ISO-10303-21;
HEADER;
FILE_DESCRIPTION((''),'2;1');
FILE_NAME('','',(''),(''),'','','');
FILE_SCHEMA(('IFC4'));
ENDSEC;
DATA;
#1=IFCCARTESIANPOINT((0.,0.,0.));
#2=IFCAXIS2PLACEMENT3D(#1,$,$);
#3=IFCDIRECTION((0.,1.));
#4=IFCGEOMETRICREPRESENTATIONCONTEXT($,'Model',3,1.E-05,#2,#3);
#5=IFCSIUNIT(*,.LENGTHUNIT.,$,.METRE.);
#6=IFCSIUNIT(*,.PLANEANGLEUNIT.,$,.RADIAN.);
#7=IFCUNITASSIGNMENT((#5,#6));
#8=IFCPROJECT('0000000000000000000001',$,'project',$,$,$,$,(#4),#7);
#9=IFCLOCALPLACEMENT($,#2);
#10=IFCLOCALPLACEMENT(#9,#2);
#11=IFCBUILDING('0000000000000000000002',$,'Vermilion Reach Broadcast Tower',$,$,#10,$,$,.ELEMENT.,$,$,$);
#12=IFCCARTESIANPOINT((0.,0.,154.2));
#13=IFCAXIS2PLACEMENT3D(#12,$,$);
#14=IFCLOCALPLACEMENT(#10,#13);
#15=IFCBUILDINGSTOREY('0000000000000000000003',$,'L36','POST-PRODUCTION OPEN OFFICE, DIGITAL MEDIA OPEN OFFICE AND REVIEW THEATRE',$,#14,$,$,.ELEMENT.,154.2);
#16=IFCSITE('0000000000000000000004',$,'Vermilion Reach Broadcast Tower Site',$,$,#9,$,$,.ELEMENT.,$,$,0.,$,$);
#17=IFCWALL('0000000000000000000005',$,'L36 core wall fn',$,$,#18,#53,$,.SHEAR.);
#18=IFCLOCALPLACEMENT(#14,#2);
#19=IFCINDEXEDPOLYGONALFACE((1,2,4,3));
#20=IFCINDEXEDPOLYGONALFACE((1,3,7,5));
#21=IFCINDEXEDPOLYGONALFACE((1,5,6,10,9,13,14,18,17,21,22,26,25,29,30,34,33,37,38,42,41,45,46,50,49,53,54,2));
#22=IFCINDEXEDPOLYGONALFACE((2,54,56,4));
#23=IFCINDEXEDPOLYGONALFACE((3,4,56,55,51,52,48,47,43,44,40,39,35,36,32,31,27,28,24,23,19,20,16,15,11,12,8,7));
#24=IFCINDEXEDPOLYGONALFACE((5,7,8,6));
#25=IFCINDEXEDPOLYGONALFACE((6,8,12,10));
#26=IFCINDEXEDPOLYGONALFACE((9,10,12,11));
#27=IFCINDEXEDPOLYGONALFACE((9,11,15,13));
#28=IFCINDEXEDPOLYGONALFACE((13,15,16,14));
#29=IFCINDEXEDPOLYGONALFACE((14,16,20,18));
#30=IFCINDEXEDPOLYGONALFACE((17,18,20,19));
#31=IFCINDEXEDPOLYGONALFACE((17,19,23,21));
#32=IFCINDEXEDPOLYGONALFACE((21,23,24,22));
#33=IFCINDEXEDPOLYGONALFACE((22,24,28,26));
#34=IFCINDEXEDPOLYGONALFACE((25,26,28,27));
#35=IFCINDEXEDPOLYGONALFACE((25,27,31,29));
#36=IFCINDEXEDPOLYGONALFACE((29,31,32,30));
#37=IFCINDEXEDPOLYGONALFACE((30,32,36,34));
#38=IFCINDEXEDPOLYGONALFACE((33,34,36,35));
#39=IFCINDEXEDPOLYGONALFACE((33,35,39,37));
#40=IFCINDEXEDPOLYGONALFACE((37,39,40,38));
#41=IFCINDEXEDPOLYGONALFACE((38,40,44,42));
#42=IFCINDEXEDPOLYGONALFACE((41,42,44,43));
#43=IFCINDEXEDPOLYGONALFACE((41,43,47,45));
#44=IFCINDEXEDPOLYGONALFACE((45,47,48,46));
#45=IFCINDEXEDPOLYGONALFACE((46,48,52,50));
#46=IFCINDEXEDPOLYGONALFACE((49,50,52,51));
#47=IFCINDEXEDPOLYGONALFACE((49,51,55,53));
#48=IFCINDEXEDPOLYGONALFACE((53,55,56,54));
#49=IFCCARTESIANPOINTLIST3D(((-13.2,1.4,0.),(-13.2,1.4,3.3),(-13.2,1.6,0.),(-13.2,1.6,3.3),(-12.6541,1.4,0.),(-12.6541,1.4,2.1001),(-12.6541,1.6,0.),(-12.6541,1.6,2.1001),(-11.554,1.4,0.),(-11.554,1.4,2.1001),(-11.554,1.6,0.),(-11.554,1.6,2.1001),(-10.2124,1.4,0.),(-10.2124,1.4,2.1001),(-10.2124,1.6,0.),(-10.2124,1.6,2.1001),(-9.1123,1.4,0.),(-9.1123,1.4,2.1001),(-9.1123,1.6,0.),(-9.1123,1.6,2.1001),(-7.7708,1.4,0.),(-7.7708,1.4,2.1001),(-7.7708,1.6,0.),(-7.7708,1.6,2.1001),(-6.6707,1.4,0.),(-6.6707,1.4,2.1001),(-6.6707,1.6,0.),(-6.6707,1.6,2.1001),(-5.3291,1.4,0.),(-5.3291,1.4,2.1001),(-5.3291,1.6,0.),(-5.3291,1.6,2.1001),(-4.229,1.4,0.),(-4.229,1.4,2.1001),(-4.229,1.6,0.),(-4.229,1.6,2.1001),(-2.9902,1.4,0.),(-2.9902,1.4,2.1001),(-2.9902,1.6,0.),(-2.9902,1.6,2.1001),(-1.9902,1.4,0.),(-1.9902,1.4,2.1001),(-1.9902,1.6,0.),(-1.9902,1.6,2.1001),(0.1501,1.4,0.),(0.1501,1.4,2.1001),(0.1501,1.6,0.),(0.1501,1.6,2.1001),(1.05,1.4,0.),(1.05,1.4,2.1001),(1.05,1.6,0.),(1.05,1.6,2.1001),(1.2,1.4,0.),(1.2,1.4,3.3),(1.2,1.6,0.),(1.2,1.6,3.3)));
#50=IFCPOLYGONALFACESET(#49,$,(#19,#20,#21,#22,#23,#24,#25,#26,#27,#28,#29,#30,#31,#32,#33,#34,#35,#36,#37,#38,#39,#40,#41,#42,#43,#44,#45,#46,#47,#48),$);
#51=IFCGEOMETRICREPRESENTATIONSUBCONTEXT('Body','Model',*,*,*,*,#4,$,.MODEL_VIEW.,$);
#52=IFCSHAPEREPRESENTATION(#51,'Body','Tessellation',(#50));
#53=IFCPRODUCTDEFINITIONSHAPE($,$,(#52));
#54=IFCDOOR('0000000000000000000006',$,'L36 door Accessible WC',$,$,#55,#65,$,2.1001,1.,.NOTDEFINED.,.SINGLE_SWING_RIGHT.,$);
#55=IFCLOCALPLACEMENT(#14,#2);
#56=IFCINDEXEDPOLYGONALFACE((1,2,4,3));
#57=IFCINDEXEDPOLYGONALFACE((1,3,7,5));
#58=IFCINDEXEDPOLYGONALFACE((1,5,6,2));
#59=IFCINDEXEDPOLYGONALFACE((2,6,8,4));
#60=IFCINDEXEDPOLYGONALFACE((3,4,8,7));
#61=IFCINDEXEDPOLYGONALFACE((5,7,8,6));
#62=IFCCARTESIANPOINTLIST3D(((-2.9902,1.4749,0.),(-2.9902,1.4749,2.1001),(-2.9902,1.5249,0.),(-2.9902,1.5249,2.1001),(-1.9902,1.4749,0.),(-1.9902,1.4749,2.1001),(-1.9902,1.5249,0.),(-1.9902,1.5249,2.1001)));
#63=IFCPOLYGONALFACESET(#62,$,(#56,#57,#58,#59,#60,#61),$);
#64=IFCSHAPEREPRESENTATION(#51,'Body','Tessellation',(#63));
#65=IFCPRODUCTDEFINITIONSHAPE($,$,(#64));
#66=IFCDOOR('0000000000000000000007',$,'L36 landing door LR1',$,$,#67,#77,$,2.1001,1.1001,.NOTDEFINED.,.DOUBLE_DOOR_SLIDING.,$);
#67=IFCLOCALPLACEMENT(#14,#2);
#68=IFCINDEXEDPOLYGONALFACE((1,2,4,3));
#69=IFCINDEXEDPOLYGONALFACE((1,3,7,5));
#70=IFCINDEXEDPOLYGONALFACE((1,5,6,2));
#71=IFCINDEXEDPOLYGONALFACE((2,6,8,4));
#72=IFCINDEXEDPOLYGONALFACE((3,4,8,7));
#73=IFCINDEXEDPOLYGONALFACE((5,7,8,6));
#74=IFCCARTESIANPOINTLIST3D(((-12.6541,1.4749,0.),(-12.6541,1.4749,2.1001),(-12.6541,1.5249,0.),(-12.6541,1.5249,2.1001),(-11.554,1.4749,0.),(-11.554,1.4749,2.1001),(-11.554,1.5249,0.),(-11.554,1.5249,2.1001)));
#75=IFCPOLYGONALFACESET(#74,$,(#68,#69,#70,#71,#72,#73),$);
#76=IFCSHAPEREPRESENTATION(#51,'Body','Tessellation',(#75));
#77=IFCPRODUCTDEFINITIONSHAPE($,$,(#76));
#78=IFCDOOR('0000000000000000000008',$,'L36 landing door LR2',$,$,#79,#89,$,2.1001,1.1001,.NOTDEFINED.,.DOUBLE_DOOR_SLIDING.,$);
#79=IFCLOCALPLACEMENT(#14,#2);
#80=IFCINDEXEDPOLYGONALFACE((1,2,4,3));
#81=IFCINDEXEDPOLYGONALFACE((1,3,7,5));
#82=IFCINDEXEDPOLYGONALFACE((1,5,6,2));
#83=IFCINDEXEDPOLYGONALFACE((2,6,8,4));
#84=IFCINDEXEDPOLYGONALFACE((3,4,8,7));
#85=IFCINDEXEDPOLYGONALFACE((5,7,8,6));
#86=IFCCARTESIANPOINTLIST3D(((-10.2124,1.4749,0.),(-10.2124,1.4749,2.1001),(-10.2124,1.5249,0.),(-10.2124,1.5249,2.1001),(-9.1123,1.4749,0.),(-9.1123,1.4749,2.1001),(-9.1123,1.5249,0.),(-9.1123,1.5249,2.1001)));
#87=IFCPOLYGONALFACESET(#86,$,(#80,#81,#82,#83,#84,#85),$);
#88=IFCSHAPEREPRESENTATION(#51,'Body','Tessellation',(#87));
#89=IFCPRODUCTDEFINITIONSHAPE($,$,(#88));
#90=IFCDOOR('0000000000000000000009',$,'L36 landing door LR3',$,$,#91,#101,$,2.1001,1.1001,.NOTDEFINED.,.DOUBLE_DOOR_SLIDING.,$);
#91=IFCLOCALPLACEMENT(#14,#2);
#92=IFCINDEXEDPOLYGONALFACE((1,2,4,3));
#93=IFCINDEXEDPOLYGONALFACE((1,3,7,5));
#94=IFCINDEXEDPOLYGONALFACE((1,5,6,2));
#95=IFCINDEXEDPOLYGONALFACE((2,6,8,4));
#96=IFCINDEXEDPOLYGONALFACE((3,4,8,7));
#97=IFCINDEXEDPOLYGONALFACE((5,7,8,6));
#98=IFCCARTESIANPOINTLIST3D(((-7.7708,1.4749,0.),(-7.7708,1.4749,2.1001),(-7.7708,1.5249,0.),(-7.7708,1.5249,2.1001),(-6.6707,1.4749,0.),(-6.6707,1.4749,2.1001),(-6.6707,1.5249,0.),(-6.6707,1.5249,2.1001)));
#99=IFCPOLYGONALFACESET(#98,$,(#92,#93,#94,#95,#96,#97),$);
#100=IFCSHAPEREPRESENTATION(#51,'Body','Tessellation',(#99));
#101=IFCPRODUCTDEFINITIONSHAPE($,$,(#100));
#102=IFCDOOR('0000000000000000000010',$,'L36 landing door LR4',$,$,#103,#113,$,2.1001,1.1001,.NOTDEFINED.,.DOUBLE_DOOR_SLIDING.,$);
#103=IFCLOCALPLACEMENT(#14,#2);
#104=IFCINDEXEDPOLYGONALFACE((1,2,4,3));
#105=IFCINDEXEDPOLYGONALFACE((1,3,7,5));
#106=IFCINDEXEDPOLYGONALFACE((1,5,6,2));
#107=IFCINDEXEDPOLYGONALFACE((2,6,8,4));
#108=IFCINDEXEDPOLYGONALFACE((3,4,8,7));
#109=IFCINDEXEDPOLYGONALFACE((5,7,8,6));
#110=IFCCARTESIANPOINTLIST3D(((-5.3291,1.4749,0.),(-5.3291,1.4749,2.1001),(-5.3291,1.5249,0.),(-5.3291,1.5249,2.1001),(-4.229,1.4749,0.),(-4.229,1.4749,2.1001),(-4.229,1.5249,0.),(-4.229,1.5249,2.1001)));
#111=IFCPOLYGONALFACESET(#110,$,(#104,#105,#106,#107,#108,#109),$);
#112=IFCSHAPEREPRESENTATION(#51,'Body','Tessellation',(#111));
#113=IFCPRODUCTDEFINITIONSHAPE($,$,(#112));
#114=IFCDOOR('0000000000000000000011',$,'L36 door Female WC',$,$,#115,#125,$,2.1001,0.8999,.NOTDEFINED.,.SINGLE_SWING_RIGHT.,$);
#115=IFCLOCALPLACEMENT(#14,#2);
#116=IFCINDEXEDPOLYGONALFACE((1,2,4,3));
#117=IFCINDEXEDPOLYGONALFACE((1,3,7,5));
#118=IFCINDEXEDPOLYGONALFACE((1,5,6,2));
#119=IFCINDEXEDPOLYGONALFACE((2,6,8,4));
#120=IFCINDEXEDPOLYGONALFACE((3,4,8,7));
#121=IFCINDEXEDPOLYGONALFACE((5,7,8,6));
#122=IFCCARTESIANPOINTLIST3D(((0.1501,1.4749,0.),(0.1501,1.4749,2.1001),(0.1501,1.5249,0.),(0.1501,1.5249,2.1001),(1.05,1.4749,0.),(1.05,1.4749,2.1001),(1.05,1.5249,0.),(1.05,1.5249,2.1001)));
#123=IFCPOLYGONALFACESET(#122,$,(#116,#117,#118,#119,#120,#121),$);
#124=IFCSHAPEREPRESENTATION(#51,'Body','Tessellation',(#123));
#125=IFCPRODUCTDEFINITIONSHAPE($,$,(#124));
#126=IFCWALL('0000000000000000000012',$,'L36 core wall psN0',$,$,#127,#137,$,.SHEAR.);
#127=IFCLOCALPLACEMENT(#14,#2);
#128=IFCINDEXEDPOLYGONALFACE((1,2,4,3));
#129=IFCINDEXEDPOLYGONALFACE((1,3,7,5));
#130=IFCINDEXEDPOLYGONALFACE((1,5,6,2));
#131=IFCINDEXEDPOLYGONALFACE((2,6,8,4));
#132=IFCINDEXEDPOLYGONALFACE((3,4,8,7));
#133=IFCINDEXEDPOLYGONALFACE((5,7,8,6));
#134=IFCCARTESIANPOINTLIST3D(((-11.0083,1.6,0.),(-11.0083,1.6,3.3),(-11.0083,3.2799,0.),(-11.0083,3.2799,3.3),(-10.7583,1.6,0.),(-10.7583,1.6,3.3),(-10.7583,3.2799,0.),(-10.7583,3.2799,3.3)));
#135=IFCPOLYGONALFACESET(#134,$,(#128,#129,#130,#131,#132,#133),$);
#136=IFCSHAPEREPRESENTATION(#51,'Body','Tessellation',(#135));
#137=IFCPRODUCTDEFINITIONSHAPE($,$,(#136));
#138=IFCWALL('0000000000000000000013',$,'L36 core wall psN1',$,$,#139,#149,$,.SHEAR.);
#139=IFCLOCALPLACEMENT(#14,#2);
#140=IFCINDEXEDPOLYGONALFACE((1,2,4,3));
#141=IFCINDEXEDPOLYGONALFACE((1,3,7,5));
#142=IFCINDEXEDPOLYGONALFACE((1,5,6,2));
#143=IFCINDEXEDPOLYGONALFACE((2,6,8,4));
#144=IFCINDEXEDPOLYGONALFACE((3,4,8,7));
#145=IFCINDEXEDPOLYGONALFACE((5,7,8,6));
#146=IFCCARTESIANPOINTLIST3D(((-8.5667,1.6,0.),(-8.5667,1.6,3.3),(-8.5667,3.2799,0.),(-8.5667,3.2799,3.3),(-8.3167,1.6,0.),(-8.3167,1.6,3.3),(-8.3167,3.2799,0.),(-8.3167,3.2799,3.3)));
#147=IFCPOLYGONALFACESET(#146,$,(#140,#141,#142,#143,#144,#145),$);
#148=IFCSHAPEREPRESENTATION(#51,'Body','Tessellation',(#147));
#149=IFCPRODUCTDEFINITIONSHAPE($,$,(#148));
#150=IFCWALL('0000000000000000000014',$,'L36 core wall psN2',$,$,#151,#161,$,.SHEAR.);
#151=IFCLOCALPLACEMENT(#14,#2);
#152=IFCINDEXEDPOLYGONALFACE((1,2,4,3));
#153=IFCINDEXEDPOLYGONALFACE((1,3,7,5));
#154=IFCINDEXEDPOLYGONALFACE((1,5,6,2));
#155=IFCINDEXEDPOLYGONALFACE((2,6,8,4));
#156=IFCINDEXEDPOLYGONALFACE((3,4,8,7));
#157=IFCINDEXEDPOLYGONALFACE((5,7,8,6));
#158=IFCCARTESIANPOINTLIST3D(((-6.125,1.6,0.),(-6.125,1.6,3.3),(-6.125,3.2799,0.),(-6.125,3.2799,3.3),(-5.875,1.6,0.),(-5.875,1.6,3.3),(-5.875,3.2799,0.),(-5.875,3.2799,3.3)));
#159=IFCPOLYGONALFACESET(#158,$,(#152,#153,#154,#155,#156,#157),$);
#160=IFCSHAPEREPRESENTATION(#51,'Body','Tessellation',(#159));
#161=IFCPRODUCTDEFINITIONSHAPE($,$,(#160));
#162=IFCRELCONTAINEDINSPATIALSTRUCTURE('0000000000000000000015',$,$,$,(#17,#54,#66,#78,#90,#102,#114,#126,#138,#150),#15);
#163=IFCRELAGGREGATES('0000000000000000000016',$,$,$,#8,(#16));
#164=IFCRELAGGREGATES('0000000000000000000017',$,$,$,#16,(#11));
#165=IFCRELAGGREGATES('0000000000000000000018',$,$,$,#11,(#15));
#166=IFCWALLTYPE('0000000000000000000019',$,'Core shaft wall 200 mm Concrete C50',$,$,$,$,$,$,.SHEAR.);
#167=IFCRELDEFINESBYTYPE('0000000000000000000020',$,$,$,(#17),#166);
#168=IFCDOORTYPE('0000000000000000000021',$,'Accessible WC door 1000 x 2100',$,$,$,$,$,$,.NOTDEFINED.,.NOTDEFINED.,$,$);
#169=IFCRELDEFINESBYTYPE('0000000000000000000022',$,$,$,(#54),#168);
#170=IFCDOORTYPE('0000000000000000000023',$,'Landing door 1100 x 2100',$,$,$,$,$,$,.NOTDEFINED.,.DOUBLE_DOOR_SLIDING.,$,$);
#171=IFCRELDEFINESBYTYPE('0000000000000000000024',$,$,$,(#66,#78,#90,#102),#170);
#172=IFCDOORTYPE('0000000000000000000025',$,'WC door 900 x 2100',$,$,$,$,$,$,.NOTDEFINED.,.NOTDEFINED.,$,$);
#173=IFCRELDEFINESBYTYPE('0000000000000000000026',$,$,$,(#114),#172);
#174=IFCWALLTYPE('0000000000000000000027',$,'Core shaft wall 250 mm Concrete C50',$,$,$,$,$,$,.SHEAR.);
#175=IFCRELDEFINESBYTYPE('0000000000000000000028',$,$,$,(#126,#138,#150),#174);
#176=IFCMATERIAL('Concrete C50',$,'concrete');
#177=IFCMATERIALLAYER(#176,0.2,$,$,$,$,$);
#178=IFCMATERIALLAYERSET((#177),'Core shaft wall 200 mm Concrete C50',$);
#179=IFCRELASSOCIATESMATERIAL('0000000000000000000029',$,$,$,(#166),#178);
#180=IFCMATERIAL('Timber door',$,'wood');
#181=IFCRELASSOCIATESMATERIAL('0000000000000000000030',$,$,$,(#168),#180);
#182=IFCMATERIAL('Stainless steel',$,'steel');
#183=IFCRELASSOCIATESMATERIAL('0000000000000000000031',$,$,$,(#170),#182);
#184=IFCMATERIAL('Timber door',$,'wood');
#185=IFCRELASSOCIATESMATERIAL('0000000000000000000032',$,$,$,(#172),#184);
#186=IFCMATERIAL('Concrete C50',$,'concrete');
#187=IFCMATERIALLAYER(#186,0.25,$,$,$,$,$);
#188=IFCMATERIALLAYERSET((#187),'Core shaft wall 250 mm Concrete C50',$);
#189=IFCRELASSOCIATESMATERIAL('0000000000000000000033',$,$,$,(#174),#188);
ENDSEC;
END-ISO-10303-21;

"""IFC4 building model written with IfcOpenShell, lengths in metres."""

from ifc_helpers import new_model, si_unit, direction, frame, frame_2d, origin, place, context, subcontext, project, spatial, rectangle, extrude, material, layer, layer_set, type_object, element, fill, save


model = new_model("IFC4")

# Units and contexts
model_context = context("Model", 3, precision=1e-05, world=origin(), true_north=direction((0.0, 1.0)))
body_context = subcontext(model_context, "Body", "Model", "MODEL_VIEW")
ifc_project = project(units=[si_unit("LENGTHUNIT", "METRE"), si_unit("PLANEANGLEUNIT", "RADIAN")], contexts=[model_context])

# Site, building, storey
site_placement = place(None, origin())
site = spatial("IfcSite", under=ifc_project, at=site_placement, Name="Vermilion Reach Broadcast Tower Site", CompositionType="ELEMENT", RefElevation=0.0)
building_placement = place(site_placement, origin())
building = spatial("IfcBuilding", under=site, at=building_placement, Name="Vermilion Reach Broadcast Tower", CompositionType="ELEMENT")
storey_placement = place(building_placement, frame((0.0, 0.0, 154.2)))
storey = spatial("IfcBuildingStorey", under=building, at=storey_placement, Name="L36", Description="POST-PRODUCTION OPEN OFFICE, DIGITAL MEDIA OPEN OFFICE AND REVIEW THEATRE", CompositionType="ELEMENT", Elevation=154.2)

# Wall, openings, doors
ifc_material_1 = material(Name="Concrete C50", Category="concrete")
ifc_layer_1 = layer(ifc_material_1, 0.2)
ifc_layer_set_1 = layer_set([ifc_layer_1], Name="Core shaft wall 200 mm Concrete C50")
wall_type_1 = type_object("IfcWallType", Name="Core shaft wall 200 mm Concrete C50", PredefinedType="SHEAR", material=ifc_layer_set_1)
wall_1_placement = place(storey_placement, frame((-13.2, 1.5, 0.0), z_axis=(0.0, 0.0, 1.0), x_axis=(1.0, 0.0, 0.0)))
wall_1 = element("IfcWall", 1, at=wall_1_placement, inside=storey, type_object=wall_type_1, Name="L36 core wall fn", PredefinedType="SHEAR", context=body_context, shape_type="SweptSolid", body=[
    extrude(rectangle(XDim=14.3999, YDim=0.2, at=frame_2d((7.2, 0.0))), origin(), (0.0, 0.0, 1.0), 3.3),
])
opening_1_placement = place(wall_1_placement, frame((0.5459, 0.0, 0.0)))
opening_1 = element("IfcOpeningElement", 2, at=opening_1_placement, cuts=wall_1, PredefinedType="OPENING", context=body_context, shape_type="SweptSolid", body=[
    extrude(rectangle(XDim=1.1001, YDim=2.1001, at=frame_2d((0.55, 1.05))), frame((0.0, 0.1099, 0.0), z_axis=(0.0, -1.0, 0.0), x_axis=(1.0, 0.0, 0.0)), (0.0, 0.0, 1.0), 0.22),
])
opening_2_placement = place(wall_1_placement, frame((2.9875, 0.0, 0.0)))
opening_2 = element("IfcOpeningElement", 3, at=opening_2_placement, cuts=wall_1, PredefinedType="OPENING", context=body_context, shape_type="SweptSolid", body=[
    extrude(rectangle(XDim=1.1001, YDim=2.1001, at=frame_2d((0.55, 1.05))), frame((0.0, 0.1099, 0.0), z_axis=(0.0, -1.0, 0.0), x_axis=(1.0, 0.0, 0.0)), (0.0, 0.0, 1.0), 0.22),
])
opening_3_placement = place(wall_1_placement, frame((5.4292, 0.0, 0.0)))
opening_3 = element("IfcOpeningElement", 4, at=opening_3_placement, cuts=wall_1, PredefinedType="OPENING", context=body_context, shape_type="SweptSolid", body=[
    extrude(rectangle(XDim=1.1001, YDim=2.1001, at=frame_2d((0.55, 1.05))), frame((0.0, 0.1099, 0.0), z_axis=(0.0, -1.0, 0.0), x_axis=(1.0, 0.0, 0.0)), (0.0, 0.0, 1.0), 0.22),
])
opening_4_placement = place(wall_1_placement, frame((7.8708, 0.0, 0.0)))
opening_4 = element("IfcOpeningElement", 5, at=opening_4_placement, cuts=wall_1, PredefinedType="OPENING", context=body_context, shape_type="SweptSolid", body=[
    extrude(rectangle(XDim=1.1001, YDim=2.1001, at=frame_2d((0.55, 1.05))), frame((0.0, 0.1099, 0.0), z_axis=(0.0, -1.0, 0.0), x_axis=(1.0, 0.0, 0.0)), (0.0, 0.0, 1.0), 0.22),
])
opening_5_placement = place(wall_1_placement, frame((10.2097, 0.0, 0.0)))
opening_5 = element("IfcOpeningElement", 6, at=opening_5_placement, cuts=wall_1, PredefinedType="OPENING", context=body_context, shape_type="SweptSolid", body=[
    extrude(rectangle(XDim=1.0, YDim=2.1001, at=frame_2d((0.5, 1.05))), frame((0.0, 0.1099, 0.0), z_axis=(0.0, -1.0, 0.0), x_axis=(1.0, 0.0, 0.0)), (0.0, 0.0, 1.0), 0.22),
])
opening_6_placement = place(wall_1_placement, frame((13.3501, 0.0, 0.0)))
opening_6 = element("IfcOpeningElement", 7, at=opening_6_placement, cuts=wall_1, PredefinedType="OPENING", context=body_context, shape_type="SweptSolid", body=[
    extrude(rectangle(XDim=0.8999, YDim=2.1001, at=frame_2d((0.45, 1.05))), frame((0.0, 0.1099, 0.0), z_axis=(0.0, -1.0, 0.0), x_axis=(1.0, 0.0, 0.0)), (0.0, 0.0, 1.0), 0.22),
])
ifc_material_2 = material(Name="Timber door", Category="wood")
door_type_1 = type_object("IfcDoorType", Name="Accessible WC door 1000 x 2100", OperationType="NOTDEFINED", PredefinedType="NOTDEFINED", material=ifc_material_2)
door_1_placement = place(opening_5_placement, origin())
door_1 = element("IfcDoor", 8, at=door_1_placement, inside=storey, type_object=door_type_1, Name="L36 door Accessible WC", OperationType="SINGLE_SWING_RIGHT", OverallHeight=2.1001, OverallWidth=1.0, PredefinedType="NOTDEFINED", context=body_context, shape_type="SweptSolid", body=[
    extrude(rectangle(XDim=1.0, YDim=2.1001, at=frame_2d((0.5, 1.05))), frame((0.0, 0.0249, 0.0), z_axis=(0.0, -1.0, 0.0), x_axis=(1.0, 0.0, 0.0)), (0.0, 0.0, 1.0), 0.05),
])
fill(opening_5, door_1)
ifc_material_3 = material(Name="Stainless steel", Category="steel")
door_type_2 = type_object("IfcDoorType", Name="Landing door 1100 x 2100", OperationType="DOUBLE_DOOR_SLIDING", PredefinedType="NOTDEFINED", material=ifc_material_3)
door_2_placement = place(opening_1_placement, origin())
door_2 = element("IfcDoor", 9, at=door_2_placement, inside=storey, type_object=door_type_2, Name="L36 landing door LR1", OperationType="DOUBLE_DOOR_SLIDING", OverallHeight=2.1001, OverallWidth=1.1001, PredefinedType="NOTDEFINED", context=body_context, shape_type="SweptSolid", body=[
    extrude(rectangle(XDim=1.1001, YDim=2.1001, at=frame_2d((0.55, 1.05))), frame((0.0, 0.0249, 0.0), z_axis=(0.0, -1.0, 0.0), x_axis=(1.0, 0.0, 0.0)), (0.0, 0.0, 1.0), 0.05),
])
fill(opening_1, door_2)
door_3_placement = place(opening_2_placement, origin())
door_3 = element("IfcDoor", 10, at=door_3_placement, inside=storey, type_object=door_type_2, Name="L36 landing door LR2", OperationType="DOUBLE_DOOR_SLIDING", OverallHeight=2.1001, OverallWidth=1.1001, PredefinedType="NOTDEFINED", context=body_context, shape_type="SweptSolid", body=[
    extrude(rectangle(XDim=1.1001, YDim=2.1001, at=frame_2d((0.55, 1.05))), frame((0.0, 0.0249, 0.0), z_axis=(0.0, -1.0, 0.0), x_axis=(1.0, 0.0, 0.0)), (0.0, 0.0, 1.0), 0.05),
])
fill(opening_2, door_3)
door_4_placement = place(opening_3_placement, origin())
door_4 = element("IfcDoor", 11, at=door_4_placement, inside=storey, type_object=door_type_2, Name="L36 landing door LR3", OperationType="DOUBLE_DOOR_SLIDING", OverallHeight=2.1001, OverallWidth=1.1001, PredefinedType="NOTDEFINED", context=body_context, shape_type="SweptSolid", body=[
    extrude(rectangle(XDim=1.1001, YDim=2.1001, at=frame_2d((0.55, 1.05))), frame((0.0, 0.0249, 0.0), z_axis=(0.0, -1.0, 0.0), x_axis=(1.0, 0.0, 0.0)), (0.0, 0.0, 1.0), 0.05),
])
fill(opening_3, door_4)
door_5_placement = place(opening_4_placement, origin())
door_5 = element("IfcDoor", 12, at=door_5_placement, inside=storey, type_object=door_type_2, Name="L36 landing door LR4", OperationType="DOUBLE_DOOR_SLIDING", OverallHeight=2.1001, OverallWidth=1.1001, PredefinedType="NOTDEFINED", context=body_context, shape_type="SweptSolid", body=[
    extrude(rectangle(XDim=1.1001, YDim=2.1001, at=frame_2d((0.55, 1.05))), frame((0.0, 0.0249, 0.0), z_axis=(0.0, -1.0, 0.0), x_axis=(1.0, 0.0, 0.0)), (0.0, 0.0, 1.0), 0.05),
])
fill(opening_4, door_5)
ifc_material_4 = material(Name="Timber door", Category="wood")
door_type_3 = type_object("IfcDoorType", Name="WC door 900 x 2100", OperationType="NOTDEFINED", PredefinedType="NOTDEFINED", material=ifc_material_4)
door_6_placement = place(opening_6_placement, origin())
door_6 = element("IfcDoor", 13, at=door_6_placement, inside=storey, type_object=door_type_3, Name="L36 door Female WC", OperationType="SINGLE_SWING_RIGHT", OverallHeight=2.1001, OverallWidth=0.8999, PredefinedType="NOTDEFINED", context=body_context, shape_type="SweptSolid", body=[
    extrude(rectangle(XDim=0.8999, YDim=2.1001, at=frame_2d((0.45, 1.05))), frame((0.0, 0.0249, 0.0), z_axis=(0.0, -1.0, 0.0), x_axis=(1.0, 0.0, 0.0)), (0.0, 0.0, 1.0), 0.05),
])
fill(opening_6, door_6)

# Walls
ifc_material_5 = material(Name="Concrete C50", Category="concrete")
ifc_layer_2 = layer(ifc_material_5, 0.25)
ifc_layer_set_2 = layer_set([ifc_layer_2], Name="Core shaft wall 250 mm Concrete C50")
wall_type_2 = type_object("IfcWallType", Name="Core shaft wall 250 mm Concrete C50", PredefinedType="SHEAR", material=ifc_layer_set_2)
for number, where, z_axis, x_axis, name in (
    (14, (-10.8833, 1.6001, 0.0), (0.0, 0.0, 1.0), (0.0, 1.0, 0.0), "L36 core wall psN0"),
    (15, (-8.4417, 1.6001, 0.0), (0.0, 0.0, 1.0), (0.0, 1.0, 0.0), "L36 core wall psN1"),
    (16, (-6.0, 1.6001, 0.0), (0.0, 0.0, 1.0), (0.0, 1.0, 0.0), "L36 core wall psN2"),
):
    element("IfcWall", number, at=place(storey_placement, frame(where, z_axis=z_axis, x_axis=x_axis)), inside=storey, type_object=wall_type_2, Name=name, PredefinedType="SHEAR", context=body_context, shape_type="SweptSolid", body=[
        extrude(rectangle(XDim=1.6799, YDim=0.25, at=frame_2d((0.8398, 0.0))), origin(), (0.0, 0.0, 1.0), 3.3),
    ])

save(model, "model.ifc")
